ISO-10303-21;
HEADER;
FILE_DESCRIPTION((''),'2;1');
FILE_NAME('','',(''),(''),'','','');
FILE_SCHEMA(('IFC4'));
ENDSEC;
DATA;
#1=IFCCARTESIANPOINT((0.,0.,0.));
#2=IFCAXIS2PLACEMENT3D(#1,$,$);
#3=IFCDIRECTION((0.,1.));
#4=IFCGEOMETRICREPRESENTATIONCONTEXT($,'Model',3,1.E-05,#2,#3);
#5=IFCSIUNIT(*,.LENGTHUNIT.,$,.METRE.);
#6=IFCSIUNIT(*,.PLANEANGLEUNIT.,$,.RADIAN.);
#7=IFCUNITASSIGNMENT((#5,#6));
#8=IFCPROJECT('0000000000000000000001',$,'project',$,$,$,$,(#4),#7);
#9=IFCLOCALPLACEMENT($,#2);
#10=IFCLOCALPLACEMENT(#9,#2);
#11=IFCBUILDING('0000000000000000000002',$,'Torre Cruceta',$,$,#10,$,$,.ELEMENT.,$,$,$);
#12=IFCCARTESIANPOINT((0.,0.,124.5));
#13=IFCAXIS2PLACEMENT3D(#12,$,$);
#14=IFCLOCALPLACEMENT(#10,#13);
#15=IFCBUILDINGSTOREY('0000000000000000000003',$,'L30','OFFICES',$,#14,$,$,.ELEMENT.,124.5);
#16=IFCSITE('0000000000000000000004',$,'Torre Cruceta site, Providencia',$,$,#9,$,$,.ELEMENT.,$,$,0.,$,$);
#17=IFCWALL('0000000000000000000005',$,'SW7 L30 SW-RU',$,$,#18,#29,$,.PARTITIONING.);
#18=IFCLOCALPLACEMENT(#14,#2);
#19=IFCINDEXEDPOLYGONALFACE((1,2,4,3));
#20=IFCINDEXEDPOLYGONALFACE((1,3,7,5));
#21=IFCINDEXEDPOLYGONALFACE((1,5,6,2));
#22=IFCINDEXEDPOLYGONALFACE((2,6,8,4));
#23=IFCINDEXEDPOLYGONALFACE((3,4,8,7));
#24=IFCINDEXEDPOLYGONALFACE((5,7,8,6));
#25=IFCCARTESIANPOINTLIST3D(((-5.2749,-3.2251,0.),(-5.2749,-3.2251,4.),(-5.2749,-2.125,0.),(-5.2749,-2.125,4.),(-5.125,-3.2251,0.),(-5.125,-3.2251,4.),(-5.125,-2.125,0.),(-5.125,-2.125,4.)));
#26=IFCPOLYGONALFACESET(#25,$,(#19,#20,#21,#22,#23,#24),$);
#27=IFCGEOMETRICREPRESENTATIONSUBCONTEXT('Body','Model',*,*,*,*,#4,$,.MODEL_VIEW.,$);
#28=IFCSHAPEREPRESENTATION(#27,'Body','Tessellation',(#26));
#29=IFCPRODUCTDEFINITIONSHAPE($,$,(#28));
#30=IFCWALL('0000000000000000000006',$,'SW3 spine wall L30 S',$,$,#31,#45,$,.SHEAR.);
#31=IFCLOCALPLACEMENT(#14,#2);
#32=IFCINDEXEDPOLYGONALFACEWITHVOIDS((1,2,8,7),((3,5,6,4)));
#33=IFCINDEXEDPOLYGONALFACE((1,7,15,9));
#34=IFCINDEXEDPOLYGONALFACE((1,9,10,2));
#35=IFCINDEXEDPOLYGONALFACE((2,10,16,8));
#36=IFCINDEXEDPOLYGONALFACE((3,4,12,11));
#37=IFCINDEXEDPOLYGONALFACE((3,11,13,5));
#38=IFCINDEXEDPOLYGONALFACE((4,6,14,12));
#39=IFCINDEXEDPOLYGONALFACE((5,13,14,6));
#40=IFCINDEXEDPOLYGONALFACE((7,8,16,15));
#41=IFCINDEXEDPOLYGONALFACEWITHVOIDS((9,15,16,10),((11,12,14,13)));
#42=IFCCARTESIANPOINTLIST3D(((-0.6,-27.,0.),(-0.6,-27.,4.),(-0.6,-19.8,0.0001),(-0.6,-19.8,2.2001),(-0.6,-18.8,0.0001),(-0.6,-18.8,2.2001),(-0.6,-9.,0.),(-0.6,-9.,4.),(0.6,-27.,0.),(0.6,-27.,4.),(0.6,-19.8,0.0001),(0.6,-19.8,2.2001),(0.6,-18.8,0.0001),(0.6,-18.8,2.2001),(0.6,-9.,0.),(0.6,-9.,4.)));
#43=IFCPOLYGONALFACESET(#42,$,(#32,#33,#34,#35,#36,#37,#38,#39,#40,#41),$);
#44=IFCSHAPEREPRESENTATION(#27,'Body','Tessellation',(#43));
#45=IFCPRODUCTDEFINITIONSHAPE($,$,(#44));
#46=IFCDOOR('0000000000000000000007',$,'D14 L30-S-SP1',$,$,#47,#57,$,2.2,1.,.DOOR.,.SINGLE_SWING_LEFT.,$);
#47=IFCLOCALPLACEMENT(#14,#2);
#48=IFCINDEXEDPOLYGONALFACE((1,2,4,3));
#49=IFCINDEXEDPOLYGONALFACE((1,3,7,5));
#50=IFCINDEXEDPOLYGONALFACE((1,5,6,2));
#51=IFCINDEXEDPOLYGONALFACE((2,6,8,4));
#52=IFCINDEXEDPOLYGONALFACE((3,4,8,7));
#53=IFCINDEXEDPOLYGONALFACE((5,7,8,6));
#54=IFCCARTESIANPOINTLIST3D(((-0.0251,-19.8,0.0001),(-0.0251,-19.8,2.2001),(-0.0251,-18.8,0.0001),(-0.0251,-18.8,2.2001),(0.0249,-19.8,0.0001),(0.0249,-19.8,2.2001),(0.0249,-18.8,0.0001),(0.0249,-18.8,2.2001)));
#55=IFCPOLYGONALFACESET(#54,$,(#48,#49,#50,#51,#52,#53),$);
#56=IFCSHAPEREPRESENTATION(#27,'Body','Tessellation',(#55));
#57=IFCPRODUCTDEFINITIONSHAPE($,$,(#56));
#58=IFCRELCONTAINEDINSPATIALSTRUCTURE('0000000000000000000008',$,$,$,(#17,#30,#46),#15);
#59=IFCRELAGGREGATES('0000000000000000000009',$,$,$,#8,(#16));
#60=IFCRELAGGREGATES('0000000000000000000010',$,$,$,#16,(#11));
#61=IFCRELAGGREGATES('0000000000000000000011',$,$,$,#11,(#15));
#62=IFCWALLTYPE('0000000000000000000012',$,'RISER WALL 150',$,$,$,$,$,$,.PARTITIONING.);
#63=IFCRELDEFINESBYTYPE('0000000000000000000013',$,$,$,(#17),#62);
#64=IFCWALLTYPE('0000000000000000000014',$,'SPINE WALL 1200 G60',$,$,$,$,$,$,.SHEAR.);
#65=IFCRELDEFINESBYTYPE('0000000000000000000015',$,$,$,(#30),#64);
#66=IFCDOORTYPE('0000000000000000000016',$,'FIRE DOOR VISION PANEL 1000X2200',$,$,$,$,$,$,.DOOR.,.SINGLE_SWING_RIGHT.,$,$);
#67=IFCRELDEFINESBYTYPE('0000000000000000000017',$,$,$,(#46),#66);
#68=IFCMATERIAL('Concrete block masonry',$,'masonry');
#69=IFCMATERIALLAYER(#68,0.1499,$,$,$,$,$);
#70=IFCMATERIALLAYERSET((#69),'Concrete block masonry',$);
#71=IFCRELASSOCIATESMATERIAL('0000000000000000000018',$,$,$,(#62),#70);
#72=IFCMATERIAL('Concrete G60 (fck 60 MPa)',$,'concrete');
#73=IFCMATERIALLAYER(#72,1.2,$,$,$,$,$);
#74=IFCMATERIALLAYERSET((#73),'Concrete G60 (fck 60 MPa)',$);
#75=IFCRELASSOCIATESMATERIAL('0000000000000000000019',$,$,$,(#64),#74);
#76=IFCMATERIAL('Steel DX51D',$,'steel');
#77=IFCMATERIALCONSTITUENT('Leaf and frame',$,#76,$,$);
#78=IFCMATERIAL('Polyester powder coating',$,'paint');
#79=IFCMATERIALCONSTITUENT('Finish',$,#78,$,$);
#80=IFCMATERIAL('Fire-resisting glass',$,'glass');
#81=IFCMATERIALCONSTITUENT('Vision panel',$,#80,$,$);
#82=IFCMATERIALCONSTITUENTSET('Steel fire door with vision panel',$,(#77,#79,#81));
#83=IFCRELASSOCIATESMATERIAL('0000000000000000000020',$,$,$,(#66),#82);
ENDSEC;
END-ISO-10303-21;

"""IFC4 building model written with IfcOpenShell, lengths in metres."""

from ifc_helpers import new_model, si_unit, direction, frame, frame_2d, origin, place, context, subcontext, project, spatial, rectangle, extrude, material, layer, layer_set, constituent, constituent_set, type_object, element, fill, save


model = new_model("IFC4")

# Units and contexts
model_context = context("Model", 3, precision=1e-05, world=origin(), true_north=direction((0.0, 1.0)))
body_context = subcontext(model_context, "Body", "Model", "MODEL_VIEW")
ifc_project = project(units=[si_unit("LENGTHUNIT", "METRE"), si_unit("PLANEANGLEUNIT", "RADIAN")], contexts=[model_context])

# Site, building, storey
site_placement = place(None, origin())
site = spatial("IfcSite", under=ifc_project, at=site_placement, Name="Torre Cruceta site, Providencia", CompositionType="ELEMENT", RefElevation=0.0)
building_placement = place(site_placement, origin())
building = spatial("IfcBuilding", under=site, at=building_placement, Name="Torre Cruceta", CompositionType="ELEMENT")
storey_placement = place(building_placement, frame((0.0, 0.0, 124.5)))
storey = spatial("IfcBuildingStorey", under=building, at=storey_placement, Name="L30", Description="OFFICES", CompositionType="ELEMENT", Elevation=124.5)

# Shared definitions
ifc_material_1 = material(Name="Concrete block masonry", Category="masonry")
ifc_layer_1 = layer(ifc_material_1, 0.1499)
ifc_layer_set_1 = layer_set([ifc_layer_1], Name="Concrete block masonry")
wall_type_1 = type_object("IfcWallType", Name="RISER WALL 150", PredefinedType="PARTITIONING", material=ifc_layer_set_1)

# Wall
wall_1_placement = place(storey_placement, frame((-5.2, -2.125, 0.0), z_axis=(0.0, 0.0, 1.0), x_axis=(0.0, -1.0, 0.0)))
element("IfcWall", 1, at=wall_1_placement, inside=storey, type_object=wall_type_1, Name="SW7 L30 SW-RU", PredefinedType="PARTITIONING", context=body_context, shape_type="SweptSolid", body=[
    extrude(rectangle(XDim=1.1001, YDim=0.1499, at=frame_2d((0.55, 0.0))), origin(), (0.0, 0.0, 1.0), 4.0),
])

# Wall, opening, door
ifc_material_2 = material(Name="Concrete G60 (fck 60 MPa)", Category="concrete")
ifc_layer_2 = layer(ifc_material_2, 1.2)
ifc_layer_set_2 = layer_set([ifc_layer_2], Name="Concrete G60 (fck 60 MPa)")
wall_type_2 = type_object("IfcWallType", Name="SPINE WALL 1200 G60", PredefinedType="SHEAR", material=ifc_layer_set_2)
wall_2_placement = place(storey_placement, frame((0.0, -9.0, 0.0), z_axis=(0.0, 0.0, 1.0), x_axis=(0.0, -1.0, 0.0)))
wall_2 = element("IfcWall", 2, at=wall_2_placement, inside=storey, type_object=wall_type_2, Name="SW3 spine wall L30 S", PredefinedType="SHEAR", context=body_context, shape_type="SweptSolid", body=[
    extrude(rectangle(XDim=18.0, YDim=1.2, at=frame_2d((9.0, 0.0))), origin(), (0.0, 0.0, 1.0), 4.0),
])
opening_1_placement = place(wall_2_placement, frame((9.8, 0.0, 0.0)))
opening_1 = element("IfcOpeningElement", 3, at=opening_1_placement, cuts=wall_2, PredefinedType="OPENING", context=body_context, shape_type="SweptSolid", body=[
    extrude(rectangle(XDim=1.0, YDim=2.2, at=frame_2d((0.5, 1.1001))), frame((0.0, 0.6099, 0.0), z_axis=(0.0, -1.0, 0.0), x_axis=(1.0, 0.0, 0.0)), (0.0, 0.0, 1.0), 1.22),
])
ifc_material_3 = material(Name="Steel DX51D", Category="steel")
ifc_constituent_1 = constituent(ifc_material_3, Name="Leaf and frame")
ifc_material_4 = material(Name="Polyester powder coating", Category="paint")
ifc_constituent_2 = constituent(ifc_material_4, Name="Finish")
ifc_material_5 = material(Name="Fire-resisting glass", Category="glass")
ifc_constituent_3 = constituent(ifc_material_5, Name="Vision panel")
ifc_constituent_set_1 = constituent_set(constituents=[ifc_constituent_1, ifc_constituent_2, ifc_constituent_3], Name="Steel fire door with vision panel")
door_type_1 = type_object("IfcDoorType", Name="FIRE DOOR VISION PANEL 1000X2200", OperationType="SINGLE_SWING_RIGHT", PredefinedType="DOOR", material=ifc_constituent_set_1)
door_1_placement = place(opening_1_placement, frame((1.0, 0.0, 0.0), z_axis=(0.0, 0.0, 1.0), x_axis=(-1.0, 0.0, 0.0)))
door_1 = element("IfcDoor", 4, at=door_1_placement, inside=storey, type_object=door_type_1, Name="D14 L30-S-SP1", OperationType="SINGLE_SWING_LEFT", OverallHeight=2.2, OverallWidth=1.0, PredefinedType="DOOR", context=body_context, shape_type="SweptSolid", body=[
    extrude(rectangle(XDim=1.0, YDim=2.2, at=frame_2d((0.5, 1.1001))), frame((0.0, 0.0251, 0.0), z_axis=(0.0, -1.0, 0.0), x_axis=(1.0, 0.0, 0.0)), (0.0, 0.0, 1.0), 0.05),
])
fill(opening_1, door_1)

save(model, "model.ifc")
